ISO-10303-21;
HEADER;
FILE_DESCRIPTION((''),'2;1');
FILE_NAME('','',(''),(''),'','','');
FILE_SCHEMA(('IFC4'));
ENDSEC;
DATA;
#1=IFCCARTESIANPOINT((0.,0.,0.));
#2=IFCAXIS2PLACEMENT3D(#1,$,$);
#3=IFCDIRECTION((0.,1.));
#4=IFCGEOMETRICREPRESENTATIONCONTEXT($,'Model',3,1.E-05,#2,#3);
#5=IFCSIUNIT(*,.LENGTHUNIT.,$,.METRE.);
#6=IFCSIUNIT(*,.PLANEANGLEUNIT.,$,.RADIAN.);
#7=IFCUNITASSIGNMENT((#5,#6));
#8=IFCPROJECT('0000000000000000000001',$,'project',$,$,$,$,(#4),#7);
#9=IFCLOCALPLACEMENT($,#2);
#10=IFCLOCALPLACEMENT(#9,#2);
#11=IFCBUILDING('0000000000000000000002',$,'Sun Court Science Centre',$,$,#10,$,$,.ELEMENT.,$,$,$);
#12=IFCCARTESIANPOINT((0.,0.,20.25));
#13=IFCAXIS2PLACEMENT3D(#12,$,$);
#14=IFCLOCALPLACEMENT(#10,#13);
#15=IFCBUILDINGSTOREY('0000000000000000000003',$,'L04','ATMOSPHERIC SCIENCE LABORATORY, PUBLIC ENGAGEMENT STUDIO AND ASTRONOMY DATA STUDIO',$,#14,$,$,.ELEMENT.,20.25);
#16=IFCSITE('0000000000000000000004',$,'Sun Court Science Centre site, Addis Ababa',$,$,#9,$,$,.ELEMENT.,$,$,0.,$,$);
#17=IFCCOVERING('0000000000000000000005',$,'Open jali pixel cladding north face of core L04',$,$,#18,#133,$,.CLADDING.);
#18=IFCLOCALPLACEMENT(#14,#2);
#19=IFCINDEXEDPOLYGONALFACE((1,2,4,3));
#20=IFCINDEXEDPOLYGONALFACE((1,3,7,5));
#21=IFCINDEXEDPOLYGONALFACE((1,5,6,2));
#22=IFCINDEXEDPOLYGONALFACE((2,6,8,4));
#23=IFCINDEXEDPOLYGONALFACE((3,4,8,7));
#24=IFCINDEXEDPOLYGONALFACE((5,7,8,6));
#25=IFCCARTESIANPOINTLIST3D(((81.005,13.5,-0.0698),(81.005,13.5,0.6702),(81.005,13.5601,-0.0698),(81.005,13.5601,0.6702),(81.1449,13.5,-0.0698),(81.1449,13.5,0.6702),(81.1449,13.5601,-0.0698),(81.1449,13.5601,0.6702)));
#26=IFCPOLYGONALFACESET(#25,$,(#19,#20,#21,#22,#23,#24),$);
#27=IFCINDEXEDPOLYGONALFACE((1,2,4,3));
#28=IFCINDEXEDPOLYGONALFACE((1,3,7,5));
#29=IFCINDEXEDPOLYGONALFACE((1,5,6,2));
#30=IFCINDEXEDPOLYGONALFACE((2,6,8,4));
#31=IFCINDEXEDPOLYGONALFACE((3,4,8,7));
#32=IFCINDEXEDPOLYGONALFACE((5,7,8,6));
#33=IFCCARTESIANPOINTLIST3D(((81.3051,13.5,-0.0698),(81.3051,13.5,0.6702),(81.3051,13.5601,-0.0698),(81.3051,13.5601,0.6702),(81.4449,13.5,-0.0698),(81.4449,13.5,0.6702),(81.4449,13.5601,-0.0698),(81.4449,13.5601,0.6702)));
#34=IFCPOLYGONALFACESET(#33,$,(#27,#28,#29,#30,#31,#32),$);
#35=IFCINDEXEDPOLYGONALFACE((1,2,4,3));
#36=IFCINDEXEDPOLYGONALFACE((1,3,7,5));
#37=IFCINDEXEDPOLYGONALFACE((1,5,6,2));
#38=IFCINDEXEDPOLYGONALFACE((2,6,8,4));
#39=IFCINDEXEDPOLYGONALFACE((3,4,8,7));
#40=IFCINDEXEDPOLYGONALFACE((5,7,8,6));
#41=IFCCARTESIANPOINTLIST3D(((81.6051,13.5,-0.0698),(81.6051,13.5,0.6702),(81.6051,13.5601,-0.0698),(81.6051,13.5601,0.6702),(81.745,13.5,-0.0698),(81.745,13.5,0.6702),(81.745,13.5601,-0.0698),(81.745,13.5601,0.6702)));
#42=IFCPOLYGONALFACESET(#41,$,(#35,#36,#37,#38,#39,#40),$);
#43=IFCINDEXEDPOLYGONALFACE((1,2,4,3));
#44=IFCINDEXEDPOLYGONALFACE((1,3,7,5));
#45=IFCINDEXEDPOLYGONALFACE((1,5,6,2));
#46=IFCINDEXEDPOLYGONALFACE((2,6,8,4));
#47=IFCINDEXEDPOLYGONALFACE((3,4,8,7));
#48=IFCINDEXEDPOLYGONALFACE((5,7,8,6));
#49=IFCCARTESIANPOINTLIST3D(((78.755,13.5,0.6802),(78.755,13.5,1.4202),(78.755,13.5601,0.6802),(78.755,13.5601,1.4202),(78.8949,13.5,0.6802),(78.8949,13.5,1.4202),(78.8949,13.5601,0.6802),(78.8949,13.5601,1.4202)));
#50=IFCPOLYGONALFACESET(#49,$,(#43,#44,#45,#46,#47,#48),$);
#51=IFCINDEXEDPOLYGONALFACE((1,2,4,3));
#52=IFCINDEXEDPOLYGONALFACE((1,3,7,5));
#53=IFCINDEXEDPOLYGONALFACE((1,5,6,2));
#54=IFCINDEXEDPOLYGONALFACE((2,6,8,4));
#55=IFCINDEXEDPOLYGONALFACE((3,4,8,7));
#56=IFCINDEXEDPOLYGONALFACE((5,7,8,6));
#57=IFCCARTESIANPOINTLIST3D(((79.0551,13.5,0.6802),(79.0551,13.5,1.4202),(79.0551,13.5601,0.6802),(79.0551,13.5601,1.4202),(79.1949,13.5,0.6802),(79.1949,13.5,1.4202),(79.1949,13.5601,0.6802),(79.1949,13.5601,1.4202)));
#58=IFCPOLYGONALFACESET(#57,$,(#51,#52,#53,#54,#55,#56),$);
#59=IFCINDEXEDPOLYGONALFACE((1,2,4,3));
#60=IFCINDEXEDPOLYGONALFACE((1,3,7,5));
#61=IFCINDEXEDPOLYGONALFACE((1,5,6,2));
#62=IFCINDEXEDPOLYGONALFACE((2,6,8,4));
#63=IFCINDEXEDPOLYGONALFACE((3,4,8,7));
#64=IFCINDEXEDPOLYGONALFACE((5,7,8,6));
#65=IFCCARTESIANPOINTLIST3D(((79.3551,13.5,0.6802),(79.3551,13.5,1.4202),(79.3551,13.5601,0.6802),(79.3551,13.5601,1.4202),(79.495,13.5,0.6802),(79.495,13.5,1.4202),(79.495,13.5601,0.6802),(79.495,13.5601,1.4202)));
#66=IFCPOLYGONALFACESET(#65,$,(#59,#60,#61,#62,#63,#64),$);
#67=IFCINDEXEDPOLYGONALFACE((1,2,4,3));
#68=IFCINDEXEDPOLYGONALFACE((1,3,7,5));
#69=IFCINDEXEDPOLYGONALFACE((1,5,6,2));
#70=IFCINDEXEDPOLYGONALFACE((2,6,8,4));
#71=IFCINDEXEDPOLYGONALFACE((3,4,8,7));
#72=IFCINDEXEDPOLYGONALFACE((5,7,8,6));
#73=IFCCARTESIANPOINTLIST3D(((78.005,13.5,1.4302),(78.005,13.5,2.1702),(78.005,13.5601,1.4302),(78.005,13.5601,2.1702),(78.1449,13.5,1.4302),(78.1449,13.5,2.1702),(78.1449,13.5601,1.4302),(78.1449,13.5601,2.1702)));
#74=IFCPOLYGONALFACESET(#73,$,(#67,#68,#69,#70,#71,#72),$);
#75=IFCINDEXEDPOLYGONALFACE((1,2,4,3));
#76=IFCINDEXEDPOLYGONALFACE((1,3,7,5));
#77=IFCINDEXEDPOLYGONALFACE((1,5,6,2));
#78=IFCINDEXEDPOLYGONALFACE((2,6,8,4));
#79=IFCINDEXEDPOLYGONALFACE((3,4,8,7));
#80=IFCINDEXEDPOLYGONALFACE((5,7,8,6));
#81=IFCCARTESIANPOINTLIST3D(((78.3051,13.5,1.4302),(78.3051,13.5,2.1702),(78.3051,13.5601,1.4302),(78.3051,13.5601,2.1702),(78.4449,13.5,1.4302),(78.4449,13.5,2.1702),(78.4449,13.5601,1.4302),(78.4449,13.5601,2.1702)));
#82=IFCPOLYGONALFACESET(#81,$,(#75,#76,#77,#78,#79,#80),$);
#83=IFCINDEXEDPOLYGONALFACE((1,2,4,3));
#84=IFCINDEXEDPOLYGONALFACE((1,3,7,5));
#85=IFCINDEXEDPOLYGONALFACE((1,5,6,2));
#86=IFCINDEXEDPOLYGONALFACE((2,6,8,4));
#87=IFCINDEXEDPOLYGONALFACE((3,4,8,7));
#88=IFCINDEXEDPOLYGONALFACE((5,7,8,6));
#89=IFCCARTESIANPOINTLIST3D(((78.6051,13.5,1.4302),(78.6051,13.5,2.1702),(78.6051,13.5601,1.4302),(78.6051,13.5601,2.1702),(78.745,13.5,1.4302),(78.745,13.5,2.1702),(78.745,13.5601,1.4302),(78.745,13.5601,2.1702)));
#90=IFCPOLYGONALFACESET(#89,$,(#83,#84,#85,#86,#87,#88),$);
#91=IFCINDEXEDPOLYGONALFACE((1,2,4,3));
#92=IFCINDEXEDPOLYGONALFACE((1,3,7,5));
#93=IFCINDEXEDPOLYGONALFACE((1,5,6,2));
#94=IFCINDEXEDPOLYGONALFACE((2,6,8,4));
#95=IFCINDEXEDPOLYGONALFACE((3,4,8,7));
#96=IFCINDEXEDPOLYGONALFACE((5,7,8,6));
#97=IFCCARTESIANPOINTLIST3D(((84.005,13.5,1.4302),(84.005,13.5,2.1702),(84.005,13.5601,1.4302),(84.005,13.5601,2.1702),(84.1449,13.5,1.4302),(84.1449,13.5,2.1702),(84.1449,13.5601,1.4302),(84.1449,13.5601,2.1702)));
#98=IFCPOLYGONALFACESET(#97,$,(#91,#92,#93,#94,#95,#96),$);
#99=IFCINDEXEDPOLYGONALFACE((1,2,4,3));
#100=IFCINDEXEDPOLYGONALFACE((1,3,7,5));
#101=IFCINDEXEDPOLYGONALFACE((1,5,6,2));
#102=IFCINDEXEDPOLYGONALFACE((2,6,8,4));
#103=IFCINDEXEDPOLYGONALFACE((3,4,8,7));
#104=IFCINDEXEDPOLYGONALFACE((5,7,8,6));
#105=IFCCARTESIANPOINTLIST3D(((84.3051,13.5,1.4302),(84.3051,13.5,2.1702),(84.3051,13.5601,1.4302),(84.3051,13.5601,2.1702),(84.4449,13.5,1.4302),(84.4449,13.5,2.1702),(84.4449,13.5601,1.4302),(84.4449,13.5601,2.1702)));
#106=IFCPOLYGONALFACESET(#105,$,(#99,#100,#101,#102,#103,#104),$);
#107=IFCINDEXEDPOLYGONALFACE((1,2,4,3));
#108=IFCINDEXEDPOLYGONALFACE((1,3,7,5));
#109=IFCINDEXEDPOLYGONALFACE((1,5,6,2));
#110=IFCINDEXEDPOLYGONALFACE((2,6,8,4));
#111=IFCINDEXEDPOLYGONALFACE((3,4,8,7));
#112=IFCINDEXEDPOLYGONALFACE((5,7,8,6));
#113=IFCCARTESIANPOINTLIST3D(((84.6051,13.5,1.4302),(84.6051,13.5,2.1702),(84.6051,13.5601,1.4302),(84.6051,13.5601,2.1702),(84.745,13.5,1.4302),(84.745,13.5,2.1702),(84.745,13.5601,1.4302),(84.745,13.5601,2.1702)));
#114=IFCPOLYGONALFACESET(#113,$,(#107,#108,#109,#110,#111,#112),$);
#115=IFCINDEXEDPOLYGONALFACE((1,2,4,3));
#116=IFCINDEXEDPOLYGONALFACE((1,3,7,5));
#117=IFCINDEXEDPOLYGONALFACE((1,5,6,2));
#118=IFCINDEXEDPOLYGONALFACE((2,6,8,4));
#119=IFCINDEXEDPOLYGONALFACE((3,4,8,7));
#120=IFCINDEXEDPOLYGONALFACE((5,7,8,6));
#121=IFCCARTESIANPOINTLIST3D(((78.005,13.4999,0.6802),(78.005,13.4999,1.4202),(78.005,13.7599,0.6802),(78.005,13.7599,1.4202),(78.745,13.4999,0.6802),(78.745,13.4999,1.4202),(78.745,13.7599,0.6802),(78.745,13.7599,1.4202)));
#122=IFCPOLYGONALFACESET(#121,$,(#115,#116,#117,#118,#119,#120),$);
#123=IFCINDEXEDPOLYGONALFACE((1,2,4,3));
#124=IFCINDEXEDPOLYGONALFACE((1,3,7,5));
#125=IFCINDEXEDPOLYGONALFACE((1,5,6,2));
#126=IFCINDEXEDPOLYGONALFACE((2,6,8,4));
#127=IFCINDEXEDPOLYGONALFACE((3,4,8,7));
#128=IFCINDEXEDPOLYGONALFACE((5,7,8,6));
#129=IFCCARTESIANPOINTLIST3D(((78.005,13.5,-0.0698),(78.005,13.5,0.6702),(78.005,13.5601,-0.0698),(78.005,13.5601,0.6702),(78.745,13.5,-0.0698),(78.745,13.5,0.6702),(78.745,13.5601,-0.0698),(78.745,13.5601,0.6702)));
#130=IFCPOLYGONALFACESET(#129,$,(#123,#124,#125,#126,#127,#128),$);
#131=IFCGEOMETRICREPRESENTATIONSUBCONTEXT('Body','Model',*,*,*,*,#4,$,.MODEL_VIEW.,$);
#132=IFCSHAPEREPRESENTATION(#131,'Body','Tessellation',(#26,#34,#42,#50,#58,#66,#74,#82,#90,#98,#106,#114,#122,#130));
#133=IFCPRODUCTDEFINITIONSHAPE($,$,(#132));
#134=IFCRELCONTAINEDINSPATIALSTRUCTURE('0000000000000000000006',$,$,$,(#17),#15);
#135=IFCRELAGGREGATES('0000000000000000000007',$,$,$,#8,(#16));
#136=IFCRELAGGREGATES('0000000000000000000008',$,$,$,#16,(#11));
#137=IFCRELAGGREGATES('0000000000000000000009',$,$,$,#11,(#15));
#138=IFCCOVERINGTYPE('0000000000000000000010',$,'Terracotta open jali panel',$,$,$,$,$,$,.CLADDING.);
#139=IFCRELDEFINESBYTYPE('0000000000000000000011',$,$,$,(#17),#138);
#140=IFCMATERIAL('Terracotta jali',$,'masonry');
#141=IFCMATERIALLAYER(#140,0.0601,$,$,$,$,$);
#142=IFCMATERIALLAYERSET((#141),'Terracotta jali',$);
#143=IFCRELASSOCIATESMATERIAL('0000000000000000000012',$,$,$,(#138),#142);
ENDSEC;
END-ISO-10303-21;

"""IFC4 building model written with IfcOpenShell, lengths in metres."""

from ifc_helpers import new_model, si_unit, direction, frame, origin, origin_2d, place, context, subcontext, project, spatial, rectangle, extrude, material, layer, layer_set, type_object, element, save


model = new_model("IFC4")

# Units and contexts
model_context = context("Model", 3, precision=1e-05, world=origin(), true_north=direction((0.0, 1.0)))
body_context = subcontext(model_context, "Body", "Model", "MODEL_VIEW")
ifc_project = project(units=[si_unit("LENGTHUNIT", "METRE"), si_unit("PLANEANGLEUNIT", "RADIAN")], contexts=[model_context])

# Site, building, storey
site_placement = place(None, origin())
site = spatial("IfcSite", under=ifc_project, at=site_placement, Name="Sun Court Science Centre site, Addis Ababa", CompositionType="ELEMENT", RefElevation=0.0)
building_placement = place(site_placement, origin())
building = spatial("IfcBuilding", under=site, at=building_placement, Name="Sun Court Science Centre", CompositionType="ELEMENT")
storey_placement = place(building_placement, frame((0.0, 0.0, 20.25)))
storey = spatial("IfcBuildingStorey", under=building, at=storey_placement, Name="L04", Description="ATMOSPHERIC SCIENCE LABORATORY, PUBLIC ENGAGEMENT STUDIO AND ASTRONOMY DATA STUDIO", CompositionType="ELEMENT", Elevation=20.25)

# Covering
ifc_material_1 = material(Name="Terracotta jali", Category="masonry")
ifc_layer_1 = layer(ifc_material_1, 0.0601)
ifc_layer_set_1 = layer_set([ifc_layer_1], Name="Terracotta jali")
covering_type_1 = type_object("IfcCoveringType", Name="Terracotta open jali panel", PredefinedType="CLADDING", material=ifc_layer_set_1)
covering_1_placement = place(storey_placement, frame((0.0, 0.0, -20.25)))
element("IfcCovering", 1, at=covering_1_placement, inside=storey, type_object=covering_type_1, Name="Open jali pixel cladding north face of core L04", PredefinedType="CLADDING", context=body_context, shape_type="SweptSolid", body=[
    extrude(rectangle(XDim=0.1399, YDim=0.0601, at=origin_2d()), frame((81.075, 13.53, 20.1802), z_axis=(0.0, 0.0, 1.0), x_axis=(1.0, 0.0, 0.0)), (0.0, 0.0, 1.0), 0.74),
    extrude(rectangle(XDim=0.1399, YDim=0.0601, at=origin_2d()), frame((81.375, 13.53, 20.1802), z_axis=(0.0, 0.0, 1.0), x_axis=(1.0, 0.0, 0.0)), (0.0, 0.0, 1.0), 0.74),
    extrude(rectangle(XDim=0.1399, YDim=0.0601, at=origin_2d()), frame((81.675, 13.53, 20.1802), z_axis=(0.0, 0.0, 1.0), x_axis=(1.0, 0.0, 0.0)), (0.0, 0.0, 1.0), 0.74),
    extrude(rectangle(XDim=0.1399, YDim=0.0601, at=origin_2d()), frame((78.825, 13.53, 20.9302), z_axis=(0.0, 0.0, 1.0), x_axis=(1.0, 0.0, 0.0)), (0.0, 0.0, 1.0), 0.74),
    extrude(rectangle(XDim=0.1399, YDim=0.0601, at=origin_2d()), frame((79.125, 13.53, 20.9302), z_axis=(0.0, 0.0, 1.0), x_axis=(1.0, 0.0, 0.0)), (0.0, 0.0, 1.0), 0.74),
    extrude(rectangle(XDim=0.1399, YDim=0.0601, at=origin_2d()), frame((79.425, 13.53, 20.9302), z_axis=(0.0, 0.0, 1.0), x_axis=(1.0, 0.0, 0.0)), (0.0, 0.0, 1.0), 0.74),
    extrude(rectangle(XDim=0.1399, YDim=0.0601, at=origin_2d()), frame((78.075, 13.53, 21.6802), z_axis=(0.0, 0.0, 1.0), x_axis=(1.0, 0.0, 0.0)), (0.0, 0.0, 1.0), 0.74),
    extrude(rectangle(XDim=0.1399, YDim=0.0601, at=origin_2d()), frame((78.375, 13.53, 21.6802), z_axis=(0.0, 0.0, 1.0), x_axis=(1.0, 0.0, 0.0)), (0.0, 0.0, 1.0), 0.74),
    extrude(rectangle(XDim=0.1399, YDim=0.0601, at=origin_2d()), frame((78.675, 13.53, 21.6802), z_axis=(0.0, 0.0, 1.0), x_axis=(1.0, 0.0, 0.0)), (0.0, 0.0, 1.0), 0.74),
    extrude(rectangle(XDim=0.1399, YDim=0.0601, at=origin_2d()), frame((84.075, 13.53, 21.6802), z_axis=(0.0, 0.0, 1.0), x_axis=(1.0, 0.0, 0.0)), (0.0, 0.0, 1.0), 0.74),
    extrude(rectangle(XDim=0.1399, YDim=0.0601, at=origin_2d()), frame((84.375, 13.53, 21.6802), z_axis=(0.0, 0.0, 1.0), x_axis=(1.0, 0.0, 0.0)), (0.0, 0.0, 1.0), 0.74),
    extrude(rectangle(XDim=0.1399, YDim=0.0601, at=origin_2d()), frame((84.675, 13.53, 21.6802), z_axis=(0.0, 0.0, 1.0), x_axis=(1.0, 0.0, 0.0)), (0.0, 0.0, 1.0), 0.74),
    extrude(rectangle(XDim=0.74, YDim=0.26, at=origin_2d()), frame((78.375, 13.6299, 20.9302), z_axis=(0.0, 0.0, 1.0), x_axis=(1.0, 0.0, 0.0)), (0.0, 0.0, 1.0), 0.74),
    extrude(rectangle(XDim=0.74, YDim=0.0601, at=origin_2d()), frame((78.375, 13.53, 20.1802), z_axis=(0.0, 0.0, 1.0), x_axis=(1.0, 0.0, 0.0)), (0.0, 0.0, 1.0), 0.74),
])

save(model, "model.ifc")
